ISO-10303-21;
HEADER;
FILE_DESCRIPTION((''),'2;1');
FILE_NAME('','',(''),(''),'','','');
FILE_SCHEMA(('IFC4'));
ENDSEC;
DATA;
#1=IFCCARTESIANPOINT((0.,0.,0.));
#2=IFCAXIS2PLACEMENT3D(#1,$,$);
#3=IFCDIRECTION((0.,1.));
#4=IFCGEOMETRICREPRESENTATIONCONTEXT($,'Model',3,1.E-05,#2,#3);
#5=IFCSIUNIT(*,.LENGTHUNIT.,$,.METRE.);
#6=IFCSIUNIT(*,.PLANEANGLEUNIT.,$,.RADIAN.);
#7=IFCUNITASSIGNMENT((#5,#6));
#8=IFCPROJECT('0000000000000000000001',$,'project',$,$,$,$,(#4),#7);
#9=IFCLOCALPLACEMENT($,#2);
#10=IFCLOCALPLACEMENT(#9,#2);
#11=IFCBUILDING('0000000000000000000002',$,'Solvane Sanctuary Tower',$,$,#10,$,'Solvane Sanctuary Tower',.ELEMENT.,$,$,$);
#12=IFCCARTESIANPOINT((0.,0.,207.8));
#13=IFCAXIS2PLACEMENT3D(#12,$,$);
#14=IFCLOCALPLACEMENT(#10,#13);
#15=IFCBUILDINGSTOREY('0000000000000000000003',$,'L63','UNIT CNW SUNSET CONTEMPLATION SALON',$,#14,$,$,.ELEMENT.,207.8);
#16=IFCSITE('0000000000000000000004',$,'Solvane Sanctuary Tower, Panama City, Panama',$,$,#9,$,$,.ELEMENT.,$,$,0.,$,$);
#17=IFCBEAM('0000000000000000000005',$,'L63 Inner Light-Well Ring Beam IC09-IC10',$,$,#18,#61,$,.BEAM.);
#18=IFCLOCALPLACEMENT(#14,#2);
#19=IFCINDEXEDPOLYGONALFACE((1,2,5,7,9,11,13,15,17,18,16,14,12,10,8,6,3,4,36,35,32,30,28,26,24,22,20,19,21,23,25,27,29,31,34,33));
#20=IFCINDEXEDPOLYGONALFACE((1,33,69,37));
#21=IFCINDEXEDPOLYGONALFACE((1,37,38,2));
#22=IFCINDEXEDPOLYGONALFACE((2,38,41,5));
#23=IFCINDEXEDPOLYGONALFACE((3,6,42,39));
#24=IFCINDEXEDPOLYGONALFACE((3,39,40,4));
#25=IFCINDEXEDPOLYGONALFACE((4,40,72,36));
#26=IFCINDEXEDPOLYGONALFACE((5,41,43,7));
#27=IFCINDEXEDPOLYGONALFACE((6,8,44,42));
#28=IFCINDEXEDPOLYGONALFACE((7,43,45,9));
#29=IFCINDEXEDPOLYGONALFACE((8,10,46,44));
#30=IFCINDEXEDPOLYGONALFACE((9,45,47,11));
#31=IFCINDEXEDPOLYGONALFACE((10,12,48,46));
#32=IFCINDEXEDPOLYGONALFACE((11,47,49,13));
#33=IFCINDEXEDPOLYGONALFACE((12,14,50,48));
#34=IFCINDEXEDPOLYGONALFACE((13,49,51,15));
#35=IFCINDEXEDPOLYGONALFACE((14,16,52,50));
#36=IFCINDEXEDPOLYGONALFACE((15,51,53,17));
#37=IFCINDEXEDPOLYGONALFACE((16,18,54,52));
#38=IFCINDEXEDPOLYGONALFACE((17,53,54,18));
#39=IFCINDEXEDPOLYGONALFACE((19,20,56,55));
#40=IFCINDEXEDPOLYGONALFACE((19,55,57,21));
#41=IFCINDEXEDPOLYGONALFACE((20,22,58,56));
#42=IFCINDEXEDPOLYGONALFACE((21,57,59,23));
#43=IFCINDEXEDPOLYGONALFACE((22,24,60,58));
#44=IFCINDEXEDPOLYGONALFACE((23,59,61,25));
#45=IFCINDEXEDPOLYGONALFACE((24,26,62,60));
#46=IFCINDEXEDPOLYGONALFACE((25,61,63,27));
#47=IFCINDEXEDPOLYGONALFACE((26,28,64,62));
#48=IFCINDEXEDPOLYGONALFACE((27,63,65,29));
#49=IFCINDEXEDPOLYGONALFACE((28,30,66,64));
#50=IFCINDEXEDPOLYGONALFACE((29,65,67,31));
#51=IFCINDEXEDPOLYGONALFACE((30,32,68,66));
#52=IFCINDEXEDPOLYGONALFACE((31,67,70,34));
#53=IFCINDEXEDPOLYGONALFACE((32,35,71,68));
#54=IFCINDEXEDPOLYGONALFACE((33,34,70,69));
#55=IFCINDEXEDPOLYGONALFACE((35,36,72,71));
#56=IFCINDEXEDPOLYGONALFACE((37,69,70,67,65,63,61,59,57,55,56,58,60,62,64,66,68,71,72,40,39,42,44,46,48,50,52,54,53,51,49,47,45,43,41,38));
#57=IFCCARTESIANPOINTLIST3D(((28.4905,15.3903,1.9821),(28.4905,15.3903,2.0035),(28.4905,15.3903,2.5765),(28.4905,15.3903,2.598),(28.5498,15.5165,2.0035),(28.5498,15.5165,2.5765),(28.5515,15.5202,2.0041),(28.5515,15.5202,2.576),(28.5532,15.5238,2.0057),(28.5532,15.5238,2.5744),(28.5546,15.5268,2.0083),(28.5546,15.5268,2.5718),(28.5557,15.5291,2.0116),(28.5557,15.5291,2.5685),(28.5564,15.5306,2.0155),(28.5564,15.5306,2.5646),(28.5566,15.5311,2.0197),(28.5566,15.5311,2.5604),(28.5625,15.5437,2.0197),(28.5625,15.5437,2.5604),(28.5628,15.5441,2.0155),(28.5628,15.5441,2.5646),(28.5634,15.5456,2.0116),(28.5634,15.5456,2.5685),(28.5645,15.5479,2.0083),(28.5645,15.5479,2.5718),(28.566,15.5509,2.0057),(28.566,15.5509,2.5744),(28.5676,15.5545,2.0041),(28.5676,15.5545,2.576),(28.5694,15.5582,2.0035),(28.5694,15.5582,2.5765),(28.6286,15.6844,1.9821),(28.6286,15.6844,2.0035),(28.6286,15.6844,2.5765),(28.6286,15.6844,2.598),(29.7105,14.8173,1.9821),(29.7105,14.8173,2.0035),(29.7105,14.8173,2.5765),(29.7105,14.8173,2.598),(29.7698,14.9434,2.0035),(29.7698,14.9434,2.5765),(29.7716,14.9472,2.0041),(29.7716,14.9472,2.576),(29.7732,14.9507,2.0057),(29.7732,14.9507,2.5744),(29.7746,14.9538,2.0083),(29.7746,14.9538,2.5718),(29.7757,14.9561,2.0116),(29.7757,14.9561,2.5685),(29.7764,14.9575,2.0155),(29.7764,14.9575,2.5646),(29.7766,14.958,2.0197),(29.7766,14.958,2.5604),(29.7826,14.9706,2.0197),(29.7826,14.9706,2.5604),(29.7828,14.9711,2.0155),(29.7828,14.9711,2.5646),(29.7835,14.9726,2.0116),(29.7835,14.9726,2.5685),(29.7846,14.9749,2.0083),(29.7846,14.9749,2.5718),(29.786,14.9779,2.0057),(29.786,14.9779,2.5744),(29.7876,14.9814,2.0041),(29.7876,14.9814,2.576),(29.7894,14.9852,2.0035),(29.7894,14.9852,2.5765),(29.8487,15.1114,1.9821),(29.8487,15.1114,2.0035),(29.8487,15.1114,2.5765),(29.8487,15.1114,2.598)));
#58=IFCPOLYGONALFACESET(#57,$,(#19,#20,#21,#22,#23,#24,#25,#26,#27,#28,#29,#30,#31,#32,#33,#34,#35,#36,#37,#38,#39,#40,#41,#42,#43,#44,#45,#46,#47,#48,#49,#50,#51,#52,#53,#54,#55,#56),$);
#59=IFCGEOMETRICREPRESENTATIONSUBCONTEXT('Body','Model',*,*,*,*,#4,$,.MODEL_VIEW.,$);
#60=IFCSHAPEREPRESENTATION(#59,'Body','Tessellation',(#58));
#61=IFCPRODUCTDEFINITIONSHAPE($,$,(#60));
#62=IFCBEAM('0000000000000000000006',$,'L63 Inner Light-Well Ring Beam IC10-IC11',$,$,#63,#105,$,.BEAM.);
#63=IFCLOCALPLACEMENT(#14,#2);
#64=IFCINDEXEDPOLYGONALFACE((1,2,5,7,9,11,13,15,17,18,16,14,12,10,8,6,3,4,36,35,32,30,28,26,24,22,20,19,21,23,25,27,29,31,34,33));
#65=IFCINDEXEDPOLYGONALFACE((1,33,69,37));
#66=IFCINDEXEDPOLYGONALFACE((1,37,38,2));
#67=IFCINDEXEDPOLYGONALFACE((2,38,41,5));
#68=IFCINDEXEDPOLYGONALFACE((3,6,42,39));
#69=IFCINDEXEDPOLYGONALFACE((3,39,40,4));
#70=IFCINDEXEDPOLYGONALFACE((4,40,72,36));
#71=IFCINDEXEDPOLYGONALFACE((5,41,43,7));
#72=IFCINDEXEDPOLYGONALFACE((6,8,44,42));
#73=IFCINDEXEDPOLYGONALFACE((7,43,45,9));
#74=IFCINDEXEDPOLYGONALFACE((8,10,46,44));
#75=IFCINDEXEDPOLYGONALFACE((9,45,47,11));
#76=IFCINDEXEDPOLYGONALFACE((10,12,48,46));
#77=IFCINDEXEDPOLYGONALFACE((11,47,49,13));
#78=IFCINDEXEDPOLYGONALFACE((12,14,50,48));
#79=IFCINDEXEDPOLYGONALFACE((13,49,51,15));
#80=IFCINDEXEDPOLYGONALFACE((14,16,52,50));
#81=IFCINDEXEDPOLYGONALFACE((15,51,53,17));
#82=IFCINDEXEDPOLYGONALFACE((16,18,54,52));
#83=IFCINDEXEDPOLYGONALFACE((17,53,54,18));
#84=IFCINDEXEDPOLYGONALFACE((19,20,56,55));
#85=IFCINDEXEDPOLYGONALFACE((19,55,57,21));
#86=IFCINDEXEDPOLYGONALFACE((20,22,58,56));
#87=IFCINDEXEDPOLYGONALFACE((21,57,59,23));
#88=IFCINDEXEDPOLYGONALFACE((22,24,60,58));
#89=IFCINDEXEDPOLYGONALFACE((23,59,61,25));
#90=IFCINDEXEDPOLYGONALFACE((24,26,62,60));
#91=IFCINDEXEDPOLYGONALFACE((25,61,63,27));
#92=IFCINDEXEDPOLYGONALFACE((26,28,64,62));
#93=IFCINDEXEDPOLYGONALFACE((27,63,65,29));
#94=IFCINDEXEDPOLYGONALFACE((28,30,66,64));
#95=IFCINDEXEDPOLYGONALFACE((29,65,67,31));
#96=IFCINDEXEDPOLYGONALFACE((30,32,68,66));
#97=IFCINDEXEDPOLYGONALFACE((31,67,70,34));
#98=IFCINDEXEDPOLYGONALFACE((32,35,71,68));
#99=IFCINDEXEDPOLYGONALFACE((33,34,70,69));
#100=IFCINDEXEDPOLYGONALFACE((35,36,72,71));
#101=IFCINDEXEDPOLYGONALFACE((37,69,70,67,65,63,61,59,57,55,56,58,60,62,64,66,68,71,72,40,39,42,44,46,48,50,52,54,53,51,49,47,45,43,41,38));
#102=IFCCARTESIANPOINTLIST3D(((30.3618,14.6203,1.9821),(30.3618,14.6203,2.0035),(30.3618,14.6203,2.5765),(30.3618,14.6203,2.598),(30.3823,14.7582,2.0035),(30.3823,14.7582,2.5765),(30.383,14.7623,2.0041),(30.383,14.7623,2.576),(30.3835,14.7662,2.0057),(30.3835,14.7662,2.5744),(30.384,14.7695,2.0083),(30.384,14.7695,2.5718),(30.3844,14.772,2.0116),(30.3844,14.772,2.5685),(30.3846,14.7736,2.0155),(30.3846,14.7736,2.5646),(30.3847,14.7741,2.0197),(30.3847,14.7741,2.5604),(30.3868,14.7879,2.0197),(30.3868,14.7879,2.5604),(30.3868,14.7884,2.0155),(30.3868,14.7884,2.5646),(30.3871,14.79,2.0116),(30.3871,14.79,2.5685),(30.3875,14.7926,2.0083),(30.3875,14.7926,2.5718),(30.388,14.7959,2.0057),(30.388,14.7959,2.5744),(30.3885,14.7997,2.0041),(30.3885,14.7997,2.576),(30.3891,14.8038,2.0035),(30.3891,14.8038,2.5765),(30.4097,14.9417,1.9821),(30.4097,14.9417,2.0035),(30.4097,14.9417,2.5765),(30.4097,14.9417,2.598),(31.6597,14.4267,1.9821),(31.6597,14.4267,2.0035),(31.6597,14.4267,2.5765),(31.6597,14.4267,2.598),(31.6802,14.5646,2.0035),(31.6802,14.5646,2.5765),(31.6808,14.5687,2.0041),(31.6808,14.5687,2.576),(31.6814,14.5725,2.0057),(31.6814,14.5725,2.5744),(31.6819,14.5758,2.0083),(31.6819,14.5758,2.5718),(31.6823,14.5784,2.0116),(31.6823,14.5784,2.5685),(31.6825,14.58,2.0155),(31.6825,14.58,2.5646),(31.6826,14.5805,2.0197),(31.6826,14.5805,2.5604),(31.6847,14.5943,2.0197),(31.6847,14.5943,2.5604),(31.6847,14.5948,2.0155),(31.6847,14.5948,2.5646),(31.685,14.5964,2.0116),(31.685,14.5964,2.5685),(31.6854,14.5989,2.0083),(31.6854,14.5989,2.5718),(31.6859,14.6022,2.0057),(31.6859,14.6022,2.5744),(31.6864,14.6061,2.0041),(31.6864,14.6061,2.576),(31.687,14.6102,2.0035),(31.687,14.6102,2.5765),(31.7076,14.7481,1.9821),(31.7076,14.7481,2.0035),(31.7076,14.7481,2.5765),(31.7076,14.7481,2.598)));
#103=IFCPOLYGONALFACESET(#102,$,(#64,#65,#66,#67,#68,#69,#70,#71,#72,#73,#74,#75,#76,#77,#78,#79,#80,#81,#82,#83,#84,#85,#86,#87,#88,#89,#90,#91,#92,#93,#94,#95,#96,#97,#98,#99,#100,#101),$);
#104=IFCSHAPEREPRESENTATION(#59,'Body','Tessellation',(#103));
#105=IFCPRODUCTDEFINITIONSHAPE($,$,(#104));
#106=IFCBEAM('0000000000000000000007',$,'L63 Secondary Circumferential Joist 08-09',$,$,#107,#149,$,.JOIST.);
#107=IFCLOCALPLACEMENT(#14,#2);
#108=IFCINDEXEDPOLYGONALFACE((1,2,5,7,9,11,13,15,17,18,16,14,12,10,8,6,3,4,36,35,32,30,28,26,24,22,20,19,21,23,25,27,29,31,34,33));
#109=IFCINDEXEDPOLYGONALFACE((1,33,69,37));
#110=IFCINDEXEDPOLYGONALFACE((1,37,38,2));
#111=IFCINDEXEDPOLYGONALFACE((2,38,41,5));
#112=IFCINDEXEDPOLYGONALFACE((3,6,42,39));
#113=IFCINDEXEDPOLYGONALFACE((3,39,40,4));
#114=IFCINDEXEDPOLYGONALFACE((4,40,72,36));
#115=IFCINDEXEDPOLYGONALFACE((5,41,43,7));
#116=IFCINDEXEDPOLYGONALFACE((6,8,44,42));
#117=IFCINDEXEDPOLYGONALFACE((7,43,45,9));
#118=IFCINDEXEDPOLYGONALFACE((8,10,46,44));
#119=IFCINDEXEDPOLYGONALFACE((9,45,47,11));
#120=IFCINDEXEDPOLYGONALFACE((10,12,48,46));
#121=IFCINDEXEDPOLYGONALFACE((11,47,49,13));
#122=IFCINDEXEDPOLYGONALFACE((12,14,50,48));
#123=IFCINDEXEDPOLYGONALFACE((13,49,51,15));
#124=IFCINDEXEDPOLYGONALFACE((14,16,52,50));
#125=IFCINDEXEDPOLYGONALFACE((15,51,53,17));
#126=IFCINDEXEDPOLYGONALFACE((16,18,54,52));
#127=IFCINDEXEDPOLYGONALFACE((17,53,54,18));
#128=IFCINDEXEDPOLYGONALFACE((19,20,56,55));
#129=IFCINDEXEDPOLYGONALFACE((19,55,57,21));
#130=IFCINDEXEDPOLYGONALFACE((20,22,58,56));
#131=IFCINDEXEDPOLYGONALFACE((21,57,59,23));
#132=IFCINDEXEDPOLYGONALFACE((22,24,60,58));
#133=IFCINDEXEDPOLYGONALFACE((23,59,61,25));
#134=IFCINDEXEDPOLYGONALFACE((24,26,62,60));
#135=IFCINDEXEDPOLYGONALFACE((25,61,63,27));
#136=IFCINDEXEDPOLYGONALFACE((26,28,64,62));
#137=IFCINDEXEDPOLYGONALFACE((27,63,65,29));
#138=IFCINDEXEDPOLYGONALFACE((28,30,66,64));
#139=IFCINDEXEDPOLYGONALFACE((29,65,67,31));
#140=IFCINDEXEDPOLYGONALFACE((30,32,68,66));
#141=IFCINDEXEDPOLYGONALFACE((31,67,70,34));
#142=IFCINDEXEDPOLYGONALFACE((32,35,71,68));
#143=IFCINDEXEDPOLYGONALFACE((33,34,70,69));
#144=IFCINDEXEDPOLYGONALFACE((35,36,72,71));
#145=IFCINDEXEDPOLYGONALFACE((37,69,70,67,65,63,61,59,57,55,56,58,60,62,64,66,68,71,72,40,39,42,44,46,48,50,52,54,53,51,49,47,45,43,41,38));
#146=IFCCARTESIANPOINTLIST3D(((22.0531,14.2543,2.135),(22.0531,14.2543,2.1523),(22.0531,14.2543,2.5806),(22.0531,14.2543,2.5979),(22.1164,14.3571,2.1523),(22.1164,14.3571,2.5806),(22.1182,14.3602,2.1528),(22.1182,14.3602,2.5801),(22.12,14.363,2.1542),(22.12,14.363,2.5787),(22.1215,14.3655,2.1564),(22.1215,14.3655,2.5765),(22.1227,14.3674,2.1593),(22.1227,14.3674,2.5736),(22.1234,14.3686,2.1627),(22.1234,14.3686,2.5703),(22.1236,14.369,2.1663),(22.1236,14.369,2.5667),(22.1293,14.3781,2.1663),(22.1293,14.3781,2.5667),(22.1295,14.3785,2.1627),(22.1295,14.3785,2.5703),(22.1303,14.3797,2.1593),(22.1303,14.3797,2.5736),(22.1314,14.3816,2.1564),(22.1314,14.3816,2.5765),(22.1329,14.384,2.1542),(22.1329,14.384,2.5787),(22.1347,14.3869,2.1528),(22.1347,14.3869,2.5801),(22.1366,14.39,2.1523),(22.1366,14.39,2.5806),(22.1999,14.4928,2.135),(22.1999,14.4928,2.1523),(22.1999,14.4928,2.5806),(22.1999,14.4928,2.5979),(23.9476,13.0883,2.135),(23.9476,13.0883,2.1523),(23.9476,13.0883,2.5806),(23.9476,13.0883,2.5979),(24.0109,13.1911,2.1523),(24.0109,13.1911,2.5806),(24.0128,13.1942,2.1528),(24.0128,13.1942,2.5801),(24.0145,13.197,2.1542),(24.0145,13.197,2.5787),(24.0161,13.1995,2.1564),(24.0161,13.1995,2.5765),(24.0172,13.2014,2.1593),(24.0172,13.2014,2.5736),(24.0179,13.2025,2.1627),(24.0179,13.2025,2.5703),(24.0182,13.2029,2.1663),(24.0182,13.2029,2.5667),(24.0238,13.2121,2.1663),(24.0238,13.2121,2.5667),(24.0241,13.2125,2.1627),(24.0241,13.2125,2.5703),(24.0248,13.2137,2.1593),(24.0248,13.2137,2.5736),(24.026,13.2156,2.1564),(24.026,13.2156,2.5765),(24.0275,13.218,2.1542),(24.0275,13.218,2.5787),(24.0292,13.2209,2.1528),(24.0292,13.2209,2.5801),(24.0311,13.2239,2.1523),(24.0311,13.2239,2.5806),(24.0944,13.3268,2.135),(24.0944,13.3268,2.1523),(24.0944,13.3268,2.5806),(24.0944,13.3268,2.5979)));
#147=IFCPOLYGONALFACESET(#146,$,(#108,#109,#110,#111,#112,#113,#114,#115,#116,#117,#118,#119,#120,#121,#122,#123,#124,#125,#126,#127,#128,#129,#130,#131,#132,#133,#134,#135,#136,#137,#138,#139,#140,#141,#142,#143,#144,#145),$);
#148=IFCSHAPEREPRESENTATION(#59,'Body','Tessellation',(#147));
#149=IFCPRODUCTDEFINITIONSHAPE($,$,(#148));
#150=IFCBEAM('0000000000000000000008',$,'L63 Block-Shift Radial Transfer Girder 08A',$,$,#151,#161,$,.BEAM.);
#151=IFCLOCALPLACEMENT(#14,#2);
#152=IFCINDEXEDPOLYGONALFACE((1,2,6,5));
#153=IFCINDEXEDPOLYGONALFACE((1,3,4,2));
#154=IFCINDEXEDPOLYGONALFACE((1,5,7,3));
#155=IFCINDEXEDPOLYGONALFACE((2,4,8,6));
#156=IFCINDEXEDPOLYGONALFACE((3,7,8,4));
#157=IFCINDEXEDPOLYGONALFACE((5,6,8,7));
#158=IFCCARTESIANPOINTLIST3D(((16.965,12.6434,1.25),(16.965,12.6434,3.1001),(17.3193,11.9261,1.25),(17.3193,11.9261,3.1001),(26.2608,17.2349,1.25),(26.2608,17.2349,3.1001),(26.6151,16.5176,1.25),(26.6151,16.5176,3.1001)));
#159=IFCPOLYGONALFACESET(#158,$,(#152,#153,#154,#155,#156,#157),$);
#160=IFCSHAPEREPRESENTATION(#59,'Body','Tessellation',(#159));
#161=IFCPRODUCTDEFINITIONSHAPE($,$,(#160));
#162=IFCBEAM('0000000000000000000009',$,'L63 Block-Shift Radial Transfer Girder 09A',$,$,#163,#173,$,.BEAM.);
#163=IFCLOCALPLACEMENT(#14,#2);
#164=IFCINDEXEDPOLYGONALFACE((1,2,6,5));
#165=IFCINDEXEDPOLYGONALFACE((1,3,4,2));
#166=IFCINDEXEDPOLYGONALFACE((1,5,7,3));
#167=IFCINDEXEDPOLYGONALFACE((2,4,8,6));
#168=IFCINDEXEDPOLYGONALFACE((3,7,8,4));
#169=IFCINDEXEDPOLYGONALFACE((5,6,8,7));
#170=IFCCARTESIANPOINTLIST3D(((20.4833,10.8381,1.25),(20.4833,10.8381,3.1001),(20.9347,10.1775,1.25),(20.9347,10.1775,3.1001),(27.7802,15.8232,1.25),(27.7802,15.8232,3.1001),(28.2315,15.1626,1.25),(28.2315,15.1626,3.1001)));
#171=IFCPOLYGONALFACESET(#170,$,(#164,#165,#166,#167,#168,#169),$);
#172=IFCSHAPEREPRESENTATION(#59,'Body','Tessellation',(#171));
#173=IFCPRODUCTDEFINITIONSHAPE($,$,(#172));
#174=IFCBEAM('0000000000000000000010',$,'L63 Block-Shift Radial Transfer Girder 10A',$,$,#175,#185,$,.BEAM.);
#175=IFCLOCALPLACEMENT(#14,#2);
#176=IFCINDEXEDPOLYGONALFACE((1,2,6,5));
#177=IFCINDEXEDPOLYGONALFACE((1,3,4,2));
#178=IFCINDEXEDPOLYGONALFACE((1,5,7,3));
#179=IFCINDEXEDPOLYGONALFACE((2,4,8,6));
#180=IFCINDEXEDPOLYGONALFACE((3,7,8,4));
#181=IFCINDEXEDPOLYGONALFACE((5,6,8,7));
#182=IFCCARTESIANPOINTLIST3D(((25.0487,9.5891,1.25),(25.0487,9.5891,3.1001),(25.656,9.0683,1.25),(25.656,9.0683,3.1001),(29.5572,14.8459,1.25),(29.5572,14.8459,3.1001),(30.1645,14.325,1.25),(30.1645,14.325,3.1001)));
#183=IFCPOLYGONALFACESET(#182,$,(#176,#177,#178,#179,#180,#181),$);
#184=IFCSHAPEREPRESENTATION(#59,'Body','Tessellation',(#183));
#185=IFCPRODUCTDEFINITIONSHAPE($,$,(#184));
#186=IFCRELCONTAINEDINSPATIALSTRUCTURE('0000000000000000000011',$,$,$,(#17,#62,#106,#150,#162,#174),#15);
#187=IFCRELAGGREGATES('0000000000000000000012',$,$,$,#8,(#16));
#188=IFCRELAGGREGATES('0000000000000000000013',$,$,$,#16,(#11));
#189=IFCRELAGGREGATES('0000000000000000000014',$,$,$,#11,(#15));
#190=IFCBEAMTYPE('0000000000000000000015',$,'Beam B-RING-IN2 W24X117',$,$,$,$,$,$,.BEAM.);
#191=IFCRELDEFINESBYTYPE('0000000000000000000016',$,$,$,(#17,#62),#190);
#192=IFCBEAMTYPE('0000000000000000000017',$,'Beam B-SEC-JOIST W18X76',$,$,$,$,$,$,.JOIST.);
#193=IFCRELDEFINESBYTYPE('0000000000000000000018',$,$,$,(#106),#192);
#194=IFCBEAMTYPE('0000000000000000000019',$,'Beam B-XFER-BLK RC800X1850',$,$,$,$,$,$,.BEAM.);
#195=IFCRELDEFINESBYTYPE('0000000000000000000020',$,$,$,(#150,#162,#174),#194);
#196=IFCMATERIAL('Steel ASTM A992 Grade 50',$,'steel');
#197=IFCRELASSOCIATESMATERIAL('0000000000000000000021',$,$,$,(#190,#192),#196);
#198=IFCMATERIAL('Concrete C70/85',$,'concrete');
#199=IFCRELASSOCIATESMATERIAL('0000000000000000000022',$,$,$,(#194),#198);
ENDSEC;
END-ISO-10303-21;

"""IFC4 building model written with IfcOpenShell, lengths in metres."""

from ifc_helpers import new_model, si_unit, direction, frame, origin, origin_2d, place, context, subcontext, project, spatial, rectangle, i_section, extrude, material, material_profile, profile_set, type_object, element, save


model = new_model("IFC4")

# Units and contexts
model_context = context("Model", 3, precision=1e-05, world=origin(), true_north=direction((0.0, 1.0)))
body_context = subcontext(model_context, "Body", "Model", "MODEL_VIEW")
ifc_project = project(units=[si_unit("LENGTHUNIT", "METRE"), si_unit("PLANEANGLEUNIT", "RADIAN")], contexts=[model_context])

# Site, building, storey
site_placement = place(None, origin())
site = spatial("IfcSite", under=ifc_project, at=site_placement, Name="Solvane Sanctuary Tower, Panama City, Panama", CompositionType="ELEMENT", RefElevation=0.0)
building_placement = place(site_placement, origin())
building = spatial("IfcBuilding", under=site, at=building_placement, Name="Solvane Sanctuary Tower", LongName="Solvane Sanctuary Tower", CompositionType="ELEMENT")
storey_placement = place(building_placement, frame((0.0, 0.0, 207.8)))
storey = spatial("IfcBuildingStorey", under=building, at=storey_placement, Name="L63", Description="UNIT CNW SUNSET CONTEMPLATION SALON", CompositionType="ELEMENT", Elevation=207.8)

# Shared definitions
ifc_material_1 = material(Name="Concrete C70/85", Category="concrete")

# Beams
ifc_material_2 = material(Name="Steel ASTM A992 Grade 50", Category="steel")
ifc_material_profile_1 = material_profile(ifc_material_2, i_section(OverallWidth=0.325, OverallDepth=0.616, WebThickness=0.0139, FlangeThickness=0.0215, FilletRadius=0.0161, at=origin_2d()), Name="W24X117")
ifc_profile_set_1 = profile_set([ifc_material_profile_1], Name="Steel ASTM A992 Grade 50")
beam_type_1 = type_object("IfcBeamType", Name="Beam B-RING-IN2 W24X117", PredefinedType="BEAM", material=ifc_profile_set_1)
beam_1_placement = place(storey_placement, frame((28.5596, 15.5374, 2.29), z_axis=(0.905135, -0.425125, 0.0), x_axis=(0.425125, 0.905135, 0.0)))
element("IfcBeam", 1, at=beam_1_placement, inside=storey, type_object=beam_type_1, Name="L63 Inner Light-Well Ring Beam IC09-IC10", PredefinedType="BEAM", context=body_context, shape_type="SweptSolid", body=[
    extrude(i_section(OverallWidth=0.325, OverallDepth=0.616, WebThickness=0.0139, FlangeThickness=0.0215, FilletRadius=0.0161, at=origin_2d()), origin(), (0.0, 0.0, 1.0), 1.3479),
])
beam_2_placement = place(storey_placement, frame((30.3857, 14.781, 2.29), z_axis=(0.989056, -0.14754, 0.0), x_axis=(0.14754, 0.989056, 0.0)))
element("IfcBeam", 2, at=beam_2_placement, inside=storey, type_object=beam_type_1, Name="L63 Inner Light-Well Ring Beam IC10-IC11", PredefinedType="BEAM", context=body_context, shape_type="SweptSolid", body=[
    extrude(i_section(OverallWidth=0.325, OverallDepth=0.616, WebThickness=0.0139, FlangeThickness=0.0215, FilletRadius=0.0161, at=origin_2d()), origin(), (0.0, 0.0, 1.0), 1.3123),
])
ifc_material_profile_2 = material_profile(ifc_material_2, i_section(OverallWidth=0.28, OverallDepth=0.4629, WebThickness=0.0107, FlangeThickness=0.0173, FilletRadius=0.0139, at=origin_2d()), Name="W18X76")
ifc_profile_set_2 = profile_set([ifc_material_profile_2], Name="Steel ASTM A992 Grade 50")
beam_type_2 = type_object("IfcBeamType", Name="Beam B-SEC-JOIST W18X76", PredefinedType="JOIST", material=ifc_profile_set_2)
beam_3_placement = place(storey_placement, frame((22.1265, 14.3735, 2.3665), z_axis=(0.851628, -0.524146, 0.0), x_axis=(0.524146, 0.851628, 0.0)))
element("IfcBeam", 3, at=beam_3_placement, inside=storey, type_object=beam_type_2, Name="L63 Secondary Circumferential Joist 08-09", PredefinedType="JOIST", context=body_context, shape_type="SweptSolid", body=[
    extrude(i_section(OverallWidth=0.28, OverallDepth=0.4629, WebThickness=0.0107, FlangeThickness=0.0173, FilletRadius=0.0139, at=origin_2d()), origin(), (0.0, 0.0, 1.0), 2.2246),
])
ifc_material_profile_3 = material_profile(ifc_material_1, rectangle(XDim=0.8, YDim=1.8501, at=origin_2d()), Name="RC800X1850")
ifc_profile_set_3 = profile_set([ifc_material_profile_3], Name="Concrete C70/85")
beam_type_3 = type_object("IfcBeamType", Name="Beam B-XFER-BLK RC800X1850", PredefinedType="BEAM", material=ifc_profile_set_3)
beam_4_placement = place(storey_placement, frame((26.438, 16.8762, 2.175), z_axis=(-0.896592, -0.442857, 0.0), x_axis=(0.442857, -0.896592, 0.0)))
element("IfcBeam", 4, at=beam_4_placement, inside=storey, type_object=beam_type_3, Name="L63 Block-Shift Radial Transfer Girder 08A", PredefinedType="BEAM", context=body_context, shape_type="SweptSolid", body=[
    extrude(rectangle(XDim=0.8, YDim=1.8501, at=origin_2d()), origin(), (0.0, 0.0, 1.0), 10.3679),
])
beam_5_placement = place(storey_placement, frame((28.0059, 15.4929, 2.175), z_axis=(-0.825702, -0.564106, 0.0), x_axis=(0.564106, -0.825702, 0.0)))
element("IfcBeam", 5, at=beam_5_placement, inside=storey, type_object=beam_type_3, Name="L63 Block-Shift Radial Transfer Girder 09A", PredefinedType="BEAM", context=body_context, shape_type="SweptSolid", body=[
    extrude(rectangle(XDim=0.8, YDim=1.8501, at=origin_2d()), origin(), (0.0, 0.0, 1.0), 8.8372),
])
beam_6_placement = place(storey_placement, frame((29.8608, 14.5854, 2.175), z_axis=(-0.651015, -0.759065, 0.0), x_axis=(0.759065, -0.651015, 0.0)))
element("IfcBeam", 6, at=beam_6_placement, inside=storey, type_object=beam_type_3, Name="L63 Block-Shift Radial Transfer Girder 10A", PredefinedType="BEAM", context=body_context, shape_type="SweptSolid", body=[
    extrude(rectangle(XDim=0.8, YDim=1.8501, at=origin_2d()), origin(), (0.0, 0.0, 1.0), 6.9253),
])

save(model, "model.ifc")
